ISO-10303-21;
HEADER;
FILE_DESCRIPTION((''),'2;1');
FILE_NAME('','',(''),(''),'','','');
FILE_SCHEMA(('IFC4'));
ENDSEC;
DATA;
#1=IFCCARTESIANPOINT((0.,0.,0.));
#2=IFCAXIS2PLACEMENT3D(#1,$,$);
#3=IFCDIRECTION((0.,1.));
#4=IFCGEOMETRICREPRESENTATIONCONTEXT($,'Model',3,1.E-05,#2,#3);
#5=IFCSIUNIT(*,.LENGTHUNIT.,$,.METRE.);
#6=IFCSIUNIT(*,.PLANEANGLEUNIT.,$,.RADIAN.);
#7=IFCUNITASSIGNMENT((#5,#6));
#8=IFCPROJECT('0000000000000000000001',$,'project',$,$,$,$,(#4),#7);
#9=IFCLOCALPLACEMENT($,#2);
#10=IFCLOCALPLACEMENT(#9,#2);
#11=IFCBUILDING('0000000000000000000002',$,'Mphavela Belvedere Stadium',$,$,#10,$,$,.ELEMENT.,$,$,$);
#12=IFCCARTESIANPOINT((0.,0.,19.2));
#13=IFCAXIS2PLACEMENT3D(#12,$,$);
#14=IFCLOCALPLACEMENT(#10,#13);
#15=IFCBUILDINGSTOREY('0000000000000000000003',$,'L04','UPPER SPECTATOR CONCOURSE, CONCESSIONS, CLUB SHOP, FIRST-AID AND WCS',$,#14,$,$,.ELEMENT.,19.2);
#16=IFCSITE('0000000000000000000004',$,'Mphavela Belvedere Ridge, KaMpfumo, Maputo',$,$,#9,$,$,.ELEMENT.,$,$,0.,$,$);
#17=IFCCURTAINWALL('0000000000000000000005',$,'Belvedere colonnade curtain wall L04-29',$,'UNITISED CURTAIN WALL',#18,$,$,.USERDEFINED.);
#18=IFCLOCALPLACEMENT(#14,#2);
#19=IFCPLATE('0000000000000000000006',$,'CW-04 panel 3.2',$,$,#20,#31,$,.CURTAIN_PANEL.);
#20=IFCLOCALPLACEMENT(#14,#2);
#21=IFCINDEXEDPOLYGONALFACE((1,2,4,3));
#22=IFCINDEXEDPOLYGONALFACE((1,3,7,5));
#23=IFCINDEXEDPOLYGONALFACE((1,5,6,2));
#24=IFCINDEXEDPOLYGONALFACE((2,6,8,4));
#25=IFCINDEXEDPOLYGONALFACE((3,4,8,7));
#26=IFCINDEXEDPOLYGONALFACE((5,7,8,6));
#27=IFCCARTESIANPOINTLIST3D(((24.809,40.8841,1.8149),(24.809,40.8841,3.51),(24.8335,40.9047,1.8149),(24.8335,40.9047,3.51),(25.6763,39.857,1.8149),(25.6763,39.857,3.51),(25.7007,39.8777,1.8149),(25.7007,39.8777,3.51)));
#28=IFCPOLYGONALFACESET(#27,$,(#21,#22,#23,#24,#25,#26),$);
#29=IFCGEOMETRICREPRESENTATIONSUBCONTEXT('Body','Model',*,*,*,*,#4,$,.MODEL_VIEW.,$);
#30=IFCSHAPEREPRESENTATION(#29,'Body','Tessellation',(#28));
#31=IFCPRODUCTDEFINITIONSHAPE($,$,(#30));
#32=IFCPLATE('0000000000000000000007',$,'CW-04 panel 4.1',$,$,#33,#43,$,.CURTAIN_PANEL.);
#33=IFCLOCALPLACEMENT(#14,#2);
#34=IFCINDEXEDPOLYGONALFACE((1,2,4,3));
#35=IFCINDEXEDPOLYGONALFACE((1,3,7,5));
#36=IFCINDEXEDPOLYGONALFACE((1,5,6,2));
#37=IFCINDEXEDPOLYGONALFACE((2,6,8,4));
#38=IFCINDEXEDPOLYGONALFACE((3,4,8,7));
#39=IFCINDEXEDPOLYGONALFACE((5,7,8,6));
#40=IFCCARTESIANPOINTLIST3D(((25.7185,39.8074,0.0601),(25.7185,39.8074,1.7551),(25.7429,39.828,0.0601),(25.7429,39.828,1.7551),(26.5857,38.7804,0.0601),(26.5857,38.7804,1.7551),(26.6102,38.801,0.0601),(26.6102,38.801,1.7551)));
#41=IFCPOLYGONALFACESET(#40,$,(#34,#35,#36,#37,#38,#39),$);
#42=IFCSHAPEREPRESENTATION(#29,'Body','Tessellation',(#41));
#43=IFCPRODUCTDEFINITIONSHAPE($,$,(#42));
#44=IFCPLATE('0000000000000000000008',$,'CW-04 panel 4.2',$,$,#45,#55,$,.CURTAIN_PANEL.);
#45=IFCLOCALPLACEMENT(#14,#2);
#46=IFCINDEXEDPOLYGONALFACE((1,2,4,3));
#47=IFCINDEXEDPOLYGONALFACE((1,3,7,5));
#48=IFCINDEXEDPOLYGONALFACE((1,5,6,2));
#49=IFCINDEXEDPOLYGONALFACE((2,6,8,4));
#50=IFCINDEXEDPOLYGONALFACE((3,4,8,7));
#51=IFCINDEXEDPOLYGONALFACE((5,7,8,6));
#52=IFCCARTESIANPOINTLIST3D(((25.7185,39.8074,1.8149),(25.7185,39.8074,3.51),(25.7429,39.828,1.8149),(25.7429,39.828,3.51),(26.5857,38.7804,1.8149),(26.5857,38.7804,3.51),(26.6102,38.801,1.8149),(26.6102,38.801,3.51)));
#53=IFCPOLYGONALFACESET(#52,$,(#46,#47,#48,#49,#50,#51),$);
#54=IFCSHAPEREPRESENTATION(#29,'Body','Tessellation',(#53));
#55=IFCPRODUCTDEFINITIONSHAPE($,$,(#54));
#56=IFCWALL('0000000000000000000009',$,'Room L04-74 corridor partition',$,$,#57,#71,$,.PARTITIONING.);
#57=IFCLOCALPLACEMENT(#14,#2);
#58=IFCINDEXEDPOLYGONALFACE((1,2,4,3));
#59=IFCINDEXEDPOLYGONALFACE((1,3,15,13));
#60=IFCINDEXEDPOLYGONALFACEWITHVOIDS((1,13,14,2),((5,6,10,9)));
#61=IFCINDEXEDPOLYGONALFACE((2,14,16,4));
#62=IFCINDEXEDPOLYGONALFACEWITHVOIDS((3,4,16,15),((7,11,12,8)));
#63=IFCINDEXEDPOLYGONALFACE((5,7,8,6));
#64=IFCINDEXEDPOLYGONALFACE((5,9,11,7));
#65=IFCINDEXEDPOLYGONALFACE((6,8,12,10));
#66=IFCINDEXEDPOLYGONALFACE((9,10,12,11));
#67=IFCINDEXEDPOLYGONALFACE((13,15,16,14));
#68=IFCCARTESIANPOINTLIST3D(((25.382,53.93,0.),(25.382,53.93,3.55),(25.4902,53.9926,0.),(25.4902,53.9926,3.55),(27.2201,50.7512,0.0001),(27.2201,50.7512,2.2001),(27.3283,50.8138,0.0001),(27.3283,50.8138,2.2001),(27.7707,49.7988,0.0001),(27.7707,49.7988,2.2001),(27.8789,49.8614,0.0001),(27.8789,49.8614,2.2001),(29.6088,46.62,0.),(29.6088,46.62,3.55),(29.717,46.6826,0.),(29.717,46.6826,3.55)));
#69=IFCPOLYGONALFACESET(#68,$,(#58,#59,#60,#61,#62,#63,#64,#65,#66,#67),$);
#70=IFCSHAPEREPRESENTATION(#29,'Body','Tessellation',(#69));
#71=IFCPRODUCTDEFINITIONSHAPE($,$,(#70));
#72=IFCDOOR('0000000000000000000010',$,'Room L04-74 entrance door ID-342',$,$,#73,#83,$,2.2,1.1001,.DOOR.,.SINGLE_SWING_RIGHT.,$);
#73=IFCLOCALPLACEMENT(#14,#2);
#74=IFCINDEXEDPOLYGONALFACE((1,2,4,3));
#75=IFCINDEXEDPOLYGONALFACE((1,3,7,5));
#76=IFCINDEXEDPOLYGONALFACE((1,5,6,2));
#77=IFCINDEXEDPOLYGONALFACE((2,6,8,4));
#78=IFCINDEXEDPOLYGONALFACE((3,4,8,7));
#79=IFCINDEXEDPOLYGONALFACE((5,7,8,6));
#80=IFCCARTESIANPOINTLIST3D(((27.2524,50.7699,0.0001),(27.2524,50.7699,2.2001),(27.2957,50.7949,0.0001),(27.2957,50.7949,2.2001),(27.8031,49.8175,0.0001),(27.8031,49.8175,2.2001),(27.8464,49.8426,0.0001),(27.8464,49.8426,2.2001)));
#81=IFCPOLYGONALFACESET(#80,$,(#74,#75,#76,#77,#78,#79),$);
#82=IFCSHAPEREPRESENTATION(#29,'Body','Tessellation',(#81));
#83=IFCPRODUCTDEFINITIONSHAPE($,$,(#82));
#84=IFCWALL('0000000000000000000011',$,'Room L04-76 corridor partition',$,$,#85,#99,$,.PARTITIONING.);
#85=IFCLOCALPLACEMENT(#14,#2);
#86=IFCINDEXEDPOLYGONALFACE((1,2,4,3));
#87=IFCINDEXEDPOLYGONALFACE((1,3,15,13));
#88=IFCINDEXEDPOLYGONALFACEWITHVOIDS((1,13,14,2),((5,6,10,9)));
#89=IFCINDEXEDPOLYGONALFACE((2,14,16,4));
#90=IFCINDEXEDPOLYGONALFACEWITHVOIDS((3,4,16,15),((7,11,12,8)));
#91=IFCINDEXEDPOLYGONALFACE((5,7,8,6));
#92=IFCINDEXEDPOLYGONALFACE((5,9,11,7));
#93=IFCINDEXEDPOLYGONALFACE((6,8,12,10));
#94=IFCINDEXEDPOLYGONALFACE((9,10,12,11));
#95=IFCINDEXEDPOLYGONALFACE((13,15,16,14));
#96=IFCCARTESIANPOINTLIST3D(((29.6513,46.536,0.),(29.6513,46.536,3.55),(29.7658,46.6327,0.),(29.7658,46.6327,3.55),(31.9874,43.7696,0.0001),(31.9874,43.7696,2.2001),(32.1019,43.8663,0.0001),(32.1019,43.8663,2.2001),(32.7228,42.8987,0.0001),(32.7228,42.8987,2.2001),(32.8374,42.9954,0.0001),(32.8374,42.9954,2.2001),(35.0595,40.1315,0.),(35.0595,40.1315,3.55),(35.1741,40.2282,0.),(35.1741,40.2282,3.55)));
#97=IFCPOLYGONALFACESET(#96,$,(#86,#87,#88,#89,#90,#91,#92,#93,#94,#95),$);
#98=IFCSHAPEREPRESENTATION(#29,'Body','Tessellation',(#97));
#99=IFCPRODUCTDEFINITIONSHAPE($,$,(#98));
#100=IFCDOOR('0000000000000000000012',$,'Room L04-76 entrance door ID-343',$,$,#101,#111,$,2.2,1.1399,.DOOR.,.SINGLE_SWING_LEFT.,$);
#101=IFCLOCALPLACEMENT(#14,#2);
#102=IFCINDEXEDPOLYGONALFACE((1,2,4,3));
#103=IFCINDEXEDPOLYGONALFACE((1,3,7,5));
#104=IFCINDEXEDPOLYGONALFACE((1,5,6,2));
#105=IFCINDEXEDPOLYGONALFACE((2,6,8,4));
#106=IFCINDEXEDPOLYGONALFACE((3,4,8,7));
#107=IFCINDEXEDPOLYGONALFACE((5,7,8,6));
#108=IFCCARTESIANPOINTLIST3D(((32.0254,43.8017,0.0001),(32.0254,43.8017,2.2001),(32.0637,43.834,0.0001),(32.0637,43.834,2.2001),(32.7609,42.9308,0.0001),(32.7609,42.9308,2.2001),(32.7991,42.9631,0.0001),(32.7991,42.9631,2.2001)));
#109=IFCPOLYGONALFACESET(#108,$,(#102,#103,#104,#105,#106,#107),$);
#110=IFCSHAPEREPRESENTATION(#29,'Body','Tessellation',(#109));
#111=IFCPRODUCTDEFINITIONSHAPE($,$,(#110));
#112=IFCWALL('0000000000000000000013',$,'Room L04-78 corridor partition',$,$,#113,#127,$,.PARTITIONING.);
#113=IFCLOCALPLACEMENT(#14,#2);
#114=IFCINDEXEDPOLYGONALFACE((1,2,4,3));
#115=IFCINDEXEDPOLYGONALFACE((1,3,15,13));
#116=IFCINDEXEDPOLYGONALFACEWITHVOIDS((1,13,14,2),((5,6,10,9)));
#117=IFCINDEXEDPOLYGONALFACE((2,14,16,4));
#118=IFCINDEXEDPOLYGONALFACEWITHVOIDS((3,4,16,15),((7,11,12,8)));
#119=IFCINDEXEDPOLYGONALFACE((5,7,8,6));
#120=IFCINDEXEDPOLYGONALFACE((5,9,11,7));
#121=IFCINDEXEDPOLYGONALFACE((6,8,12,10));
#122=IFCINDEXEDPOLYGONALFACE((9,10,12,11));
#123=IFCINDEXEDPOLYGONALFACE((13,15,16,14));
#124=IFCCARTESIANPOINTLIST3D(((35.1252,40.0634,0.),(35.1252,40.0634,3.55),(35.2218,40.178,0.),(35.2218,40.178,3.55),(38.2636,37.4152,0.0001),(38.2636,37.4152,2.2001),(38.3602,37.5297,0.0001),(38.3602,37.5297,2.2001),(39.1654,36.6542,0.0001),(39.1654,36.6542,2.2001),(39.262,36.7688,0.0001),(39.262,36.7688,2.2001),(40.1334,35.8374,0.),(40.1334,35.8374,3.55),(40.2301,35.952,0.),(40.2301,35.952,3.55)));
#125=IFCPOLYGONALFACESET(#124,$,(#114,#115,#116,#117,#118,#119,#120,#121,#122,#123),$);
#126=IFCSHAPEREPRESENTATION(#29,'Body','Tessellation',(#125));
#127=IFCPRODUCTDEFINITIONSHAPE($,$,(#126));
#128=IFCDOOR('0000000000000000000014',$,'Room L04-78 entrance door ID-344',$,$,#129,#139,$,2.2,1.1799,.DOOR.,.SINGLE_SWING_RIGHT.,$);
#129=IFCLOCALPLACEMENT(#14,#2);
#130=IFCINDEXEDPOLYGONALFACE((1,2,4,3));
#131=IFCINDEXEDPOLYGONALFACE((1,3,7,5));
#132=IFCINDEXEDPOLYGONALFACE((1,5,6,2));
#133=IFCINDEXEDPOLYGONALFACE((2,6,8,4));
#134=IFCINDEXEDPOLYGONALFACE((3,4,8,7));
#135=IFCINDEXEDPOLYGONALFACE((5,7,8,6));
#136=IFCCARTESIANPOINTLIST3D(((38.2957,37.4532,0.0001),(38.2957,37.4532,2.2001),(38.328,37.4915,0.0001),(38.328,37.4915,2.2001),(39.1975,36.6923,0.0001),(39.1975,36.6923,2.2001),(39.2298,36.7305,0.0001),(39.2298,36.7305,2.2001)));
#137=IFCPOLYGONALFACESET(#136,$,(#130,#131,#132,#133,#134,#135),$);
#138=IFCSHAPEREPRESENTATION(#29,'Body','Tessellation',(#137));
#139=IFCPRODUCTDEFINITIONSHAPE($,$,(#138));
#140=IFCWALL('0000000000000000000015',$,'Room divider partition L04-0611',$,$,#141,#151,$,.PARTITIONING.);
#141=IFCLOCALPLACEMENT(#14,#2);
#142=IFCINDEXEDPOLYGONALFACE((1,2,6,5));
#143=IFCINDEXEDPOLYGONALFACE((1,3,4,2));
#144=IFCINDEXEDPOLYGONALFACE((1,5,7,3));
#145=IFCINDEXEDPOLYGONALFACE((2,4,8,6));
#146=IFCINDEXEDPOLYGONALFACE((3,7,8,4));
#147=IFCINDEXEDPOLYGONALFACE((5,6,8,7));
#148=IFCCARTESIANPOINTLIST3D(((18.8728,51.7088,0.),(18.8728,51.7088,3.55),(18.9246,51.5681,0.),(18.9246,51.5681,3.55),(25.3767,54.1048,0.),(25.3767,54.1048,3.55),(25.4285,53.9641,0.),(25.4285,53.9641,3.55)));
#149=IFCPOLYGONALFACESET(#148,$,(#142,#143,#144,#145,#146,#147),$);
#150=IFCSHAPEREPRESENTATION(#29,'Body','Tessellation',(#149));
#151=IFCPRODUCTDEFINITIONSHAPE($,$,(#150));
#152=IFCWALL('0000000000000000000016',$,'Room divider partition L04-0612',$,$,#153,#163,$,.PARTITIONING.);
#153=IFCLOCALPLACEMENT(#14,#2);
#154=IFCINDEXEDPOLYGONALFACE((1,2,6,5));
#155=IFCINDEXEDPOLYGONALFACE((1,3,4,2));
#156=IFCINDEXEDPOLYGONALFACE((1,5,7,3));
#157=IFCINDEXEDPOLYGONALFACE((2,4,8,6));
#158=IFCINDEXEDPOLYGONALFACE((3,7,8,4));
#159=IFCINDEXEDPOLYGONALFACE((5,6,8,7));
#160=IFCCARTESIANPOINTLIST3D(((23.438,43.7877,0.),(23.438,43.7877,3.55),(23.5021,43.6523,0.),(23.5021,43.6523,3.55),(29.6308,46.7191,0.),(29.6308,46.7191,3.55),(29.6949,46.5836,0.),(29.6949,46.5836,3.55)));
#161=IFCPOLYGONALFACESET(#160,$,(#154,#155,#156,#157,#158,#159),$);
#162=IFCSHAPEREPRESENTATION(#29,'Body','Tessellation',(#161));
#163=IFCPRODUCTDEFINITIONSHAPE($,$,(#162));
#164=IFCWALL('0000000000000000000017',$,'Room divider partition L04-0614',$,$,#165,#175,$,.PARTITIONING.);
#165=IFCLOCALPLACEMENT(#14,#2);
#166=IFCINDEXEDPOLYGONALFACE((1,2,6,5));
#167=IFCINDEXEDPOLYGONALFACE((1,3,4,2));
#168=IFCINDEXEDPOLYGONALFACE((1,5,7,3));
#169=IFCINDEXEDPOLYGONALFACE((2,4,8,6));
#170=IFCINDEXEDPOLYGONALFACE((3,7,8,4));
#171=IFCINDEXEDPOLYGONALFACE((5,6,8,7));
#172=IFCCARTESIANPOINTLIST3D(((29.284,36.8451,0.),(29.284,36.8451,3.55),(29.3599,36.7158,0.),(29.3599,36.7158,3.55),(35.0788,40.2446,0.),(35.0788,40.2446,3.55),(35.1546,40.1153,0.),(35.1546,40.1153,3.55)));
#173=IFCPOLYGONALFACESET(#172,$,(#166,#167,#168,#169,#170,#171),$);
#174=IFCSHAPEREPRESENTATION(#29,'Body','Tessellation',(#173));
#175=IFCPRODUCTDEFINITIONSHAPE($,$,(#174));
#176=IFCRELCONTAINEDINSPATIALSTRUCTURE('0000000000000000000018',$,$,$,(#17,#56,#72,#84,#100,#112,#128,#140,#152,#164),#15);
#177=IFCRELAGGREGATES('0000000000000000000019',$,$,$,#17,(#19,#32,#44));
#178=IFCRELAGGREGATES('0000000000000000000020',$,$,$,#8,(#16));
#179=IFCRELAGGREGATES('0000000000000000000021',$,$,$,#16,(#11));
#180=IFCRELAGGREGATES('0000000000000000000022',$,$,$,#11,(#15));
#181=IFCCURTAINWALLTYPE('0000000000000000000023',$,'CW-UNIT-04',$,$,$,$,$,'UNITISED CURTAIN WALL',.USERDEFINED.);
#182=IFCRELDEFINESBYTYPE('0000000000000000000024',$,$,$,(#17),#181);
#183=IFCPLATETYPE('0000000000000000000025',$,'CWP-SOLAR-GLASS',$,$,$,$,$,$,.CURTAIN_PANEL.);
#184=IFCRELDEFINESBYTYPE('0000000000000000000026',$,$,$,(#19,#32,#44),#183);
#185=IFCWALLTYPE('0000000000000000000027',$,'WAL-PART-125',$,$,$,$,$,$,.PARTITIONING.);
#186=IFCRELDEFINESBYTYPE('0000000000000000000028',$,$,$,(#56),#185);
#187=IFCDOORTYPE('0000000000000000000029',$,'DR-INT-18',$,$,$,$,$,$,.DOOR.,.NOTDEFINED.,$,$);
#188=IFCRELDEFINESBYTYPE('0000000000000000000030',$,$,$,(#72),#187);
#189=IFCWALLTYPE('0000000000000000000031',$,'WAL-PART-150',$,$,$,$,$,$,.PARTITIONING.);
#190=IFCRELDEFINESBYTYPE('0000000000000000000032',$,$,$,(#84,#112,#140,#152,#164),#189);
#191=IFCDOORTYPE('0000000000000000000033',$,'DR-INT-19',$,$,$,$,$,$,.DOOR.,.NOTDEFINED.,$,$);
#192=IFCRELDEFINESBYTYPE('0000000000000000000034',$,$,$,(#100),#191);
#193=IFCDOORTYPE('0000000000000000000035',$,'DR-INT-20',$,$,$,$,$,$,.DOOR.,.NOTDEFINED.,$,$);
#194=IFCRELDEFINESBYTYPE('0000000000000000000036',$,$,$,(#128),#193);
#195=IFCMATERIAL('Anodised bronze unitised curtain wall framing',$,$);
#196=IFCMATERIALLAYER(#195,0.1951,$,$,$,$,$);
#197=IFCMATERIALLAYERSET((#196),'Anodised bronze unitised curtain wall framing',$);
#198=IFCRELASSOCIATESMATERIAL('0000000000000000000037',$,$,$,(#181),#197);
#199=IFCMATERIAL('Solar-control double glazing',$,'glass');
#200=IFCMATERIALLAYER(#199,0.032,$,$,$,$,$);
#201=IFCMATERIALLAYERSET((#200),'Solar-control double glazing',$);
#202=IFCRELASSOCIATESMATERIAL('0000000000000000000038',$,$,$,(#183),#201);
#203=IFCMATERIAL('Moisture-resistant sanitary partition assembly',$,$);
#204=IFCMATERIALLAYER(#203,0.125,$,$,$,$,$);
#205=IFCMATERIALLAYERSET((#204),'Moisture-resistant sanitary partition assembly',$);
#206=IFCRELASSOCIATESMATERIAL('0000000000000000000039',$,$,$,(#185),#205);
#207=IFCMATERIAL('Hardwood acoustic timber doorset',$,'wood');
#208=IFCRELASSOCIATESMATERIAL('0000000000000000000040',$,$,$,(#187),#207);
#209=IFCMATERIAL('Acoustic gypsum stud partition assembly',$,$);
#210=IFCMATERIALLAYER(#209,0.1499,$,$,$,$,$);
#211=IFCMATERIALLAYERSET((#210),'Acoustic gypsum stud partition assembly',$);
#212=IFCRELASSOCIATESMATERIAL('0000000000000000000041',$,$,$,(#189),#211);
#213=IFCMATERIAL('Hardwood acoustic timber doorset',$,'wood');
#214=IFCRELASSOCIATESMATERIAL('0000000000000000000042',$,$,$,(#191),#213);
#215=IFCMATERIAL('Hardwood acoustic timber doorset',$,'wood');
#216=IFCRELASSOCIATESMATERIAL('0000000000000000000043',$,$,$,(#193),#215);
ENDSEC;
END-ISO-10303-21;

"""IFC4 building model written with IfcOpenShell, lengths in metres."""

from ifc_helpers import new_model, si_unit, direction, frame, frame_2d, origin, origin_2d, place, context, subcontext, project, spatial, rectangle, extrude, material, layer, layer_set, type_object, element, fill, aggregate, save


model = new_model("IFC4")

# Units and contexts
model_context = context("Model", 3, precision=1e-05, world=origin(), true_north=direction((0.0, 1.0)))
body_context = subcontext(model_context, "Body", "Model", "MODEL_VIEW")
ifc_project = project(units=[si_unit("LENGTHUNIT", "METRE"), si_unit("PLANEANGLEUNIT", "RADIAN")], contexts=[model_context])

# Site, building, storey
site_placement = place(None, origin())
site = spatial("IfcSite", under=ifc_project, at=site_placement, Name="Mphavela Belvedere Ridge, KaMpfumo, Maputo", CompositionType="ELEMENT", RefElevation=0.0)
building_placement = place(site_placement, origin())
building = spatial("IfcBuilding", under=site, at=building_placement, Name="Mphavela Belvedere Stadium", CompositionType="ELEMENT")
storey_placement = place(building_placement, frame((0.0, 0.0, 19.2)))
storey = spatial("IfcBuildingStorey", under=building, at=storey_placement, Name="L04", Description="UPPER SPECTATOR CONCOURSE, CONCESSIONS, CLUB SHOP, FIRST-AID AND WCS", CompositionType="ELEMENT", Elevation=19.2)

# Curtain wall, plates
ifc_material_1 = material(Name="Anodised bronze unitised curtain wall framing")
ifc_layer_1 = layer(ifc_material_1, 0.1951)
ifc_layer_set_1 = layer_set([ifc_layer_1], Name="Anodised bronze unitised curtain wall framing")
curtain_wall_type = type_object("IfcCurtainWallType", Name="CW-UNIT-04", ElementType="UNITISED CURTAIN WALL", PredefinedType="USERDEFINED", material=ifc_layer_set_1)
curtain_wall_placement = place(storey_placement, origin())
curtain_wall = element("IfcCurtainWall", 1, at=curtain_wall_placement, inside=storey, type_object=curtain_wall_type, Name="Belvedere colonnade curtain wall L04-29", ObjectType="UNITISED CURTAIN WALL", PredefinedType="USERDEFINED")
ifc_material_2 = material(Name="Solar-control double glazing", Category="glass")
ifc_layer_2 = layer(ifc_material_2, 0.032)
ifc_layer_set_2 = layer_set([ifc_layer_2], Name="Solar-control double glazing")
plate_type = type_object("IfcPlateType", Name="CWP-SOLAR-GLASS", PredefinedType="CURTAIN_PANEL", material=ifc_layer_set_2)
plate_1_placement = place(storey_placement, frame((25.2549, 40.3809, 1.8149), z_axis=(0.0, 0.0, 1.0), x_axis=(0.645175, -0.764035, 0.0)))
plate_1 = element("IfcPlate", 2, at=plate_1_placement, type_object=plate_type, Name="CW-04 panel 3.2", PredefinedType="CURTAIN_PANEL", context=body_context, shape_type="SweptSolid", body=[
    extrude(rectangle(XDim=1.3442, YDim=0.032, at=origin_2d()), origin(), (0.0, 0.0, 1.0), 1.6951),
])
plate_2_placement = place(storey_placement, frame((26.1643, 39.3042, 0.0601), z_axis=(0.0, 0.0, 1.0), x_axis=(0.645175, -0.764035, 0.0)))
plate_2 = element("IfcPlate", 3, at=plate_2_placement, type_object=plate_type, Name="CW-04 panel 4.1", PredefinedType="CURTAIN_PANEL", context=body_context, shape_type="SweptSolid", body=[
    extrude(rectangle(XDim=1.3442, YDim=0.032, at=origin_2d()), origin(), (0.0, 0.0, 1.0), 1.6951),
])
plate_3_placement = place(storey_placement, frame((26.1643, 39.3042, 1.8149), z_axis=(0.0, 0.0, 1.0), x_axis=(0.645175, -0.764035, 0.0)))
plate_3 = element("IfcPlate", 4, at=plate_3_placement, type_object=plate_type, Name="CW-04 panel 4.2", PredefinedType="CURTAIN_PANEL", context=body_context, shape_type="SweptSolid", body=[
    extrude(rectangle(XDim=1.3442, YDim=0.032, at=origin_2d()), origin(), (0.0, 0.0, 1.0), 1.6951),
])
aggregate(curtain_wall, [plate_1, plate_2, plate_3])

# Walls, openings, doors
ifc_material_3 = material(Name="Moisture-resistant sanitary partition assembly")
ifc_layer_3 = layer(ifc_material_3, 0.125)
ifc_layer_set_3 = layer_set([ifc_layer_3], Name="Moisture-resistant sanitary partition assembly")
wall_type_1 = type_object("IfcWallType", Name="WAL-PART-125", PredefinedType="PARTITIONING", material=ifc_layer_set_3)
wall_1_placement = place(storey_placement, frame((25.436, 53.9614, 0.0), z_axis=(0.0, 0.0, 1.0), x_axis=(0.500563, -0.8657, 0.0)))
wall_1 = element("IfcWall", 5, at=wall_1_placement, inside=storey, type_object=wall_type_1, Name="Room L04-74 corridor partition", PredefinedType="PARTITIONING", context=body_context, shape_type="SweptSolid", body=[
    extrude(rectangle(XDim=8.4441, YDim=0.125, at=frame_2d((4.2222, 0.0))), origin(), (0.0, 0.0, 1.0), 3.55),
])
opening_1_placement = place(wall_1_placement, frame((3.6721, 0.0, 0.0)))
opening_1 = element("IfcOpeningElement", 6, at=opening_1_placement, cuts=wall_1, PredefinedType="OPENING", context=body_context, shape_type="SweptSolid", body=[
    extrude(rectangle(XDim=1.1001, YDim=2.2, at=frame_2d((0.55, 1.1001))), frame((0.0, 0.0725, 0.0), z_axis=(0.0, -1.0, 0.0), x_axis=(1.0, 0.0, 0.0)), (0.0, 0.0, 1.0), 0.145),
])
ifc_material_4 = material(Name="Hardwood acoustic timber doorset", Category="wood")
door_type_1 = type_object("IfcDoorType", Name="DR-INT-18", OperationType="NOTDEFINED", PredefinedType="DOOR", material=ifc_material_4)
door_1_placement = place(opening_1_placement, origin())
door_1 = element("IfcDoor", 7, at=door_1_placement, inside=storey, type_object=door_type_1, Name="Room L04-74 entrance door ID-342", OperationType="SINGLE_SWING_RIGHT", OverallHeight=2.2, OverallWidth=1.1001, PredefinedType="DOOR", context=body_context, shape_type="SweptSolid", body=[
    extrude(rectangle(XDim=1.1001, YDim=2.2, at=frame_2d((0.55, 1.1001))), frame((0.0, 0.0249, 0.0), z_axis=(0.0, -1.0, 0.0), x_axis=(1.0, 0.0, 0.0)), (0.0, 0.0, 1.0), 0.05),
])
fill(opening_1, door_1)
ifc_material_5 = material(Name="Acoustic gypsum stud partition assembly")
ifc_layer_4 = layer(ifc_material_5, 0.1499)
ifc_layer_set_4 = layer_set([ifc_layer_4], Name="Acoustic gypsum stud partition assembly")
wall_type_2 = type_object("IfcWallType", Name="WAL-PART-150", PredefinedType="PARTITIONING", material=ifc_layer_set_4)
wall_2_placement = place(storey_placement, frame((29.7085, 46.5845, 0.0), z_axis=(0.0, 0.0, 1.0), x_axis=(0.645176, -0.764034, 0.0)))
wall_2 = element("IfcWall", 8, at=wall_2_placement, inside=storey, type_object=wall_type_2, Name="Room L04-76 corridor partition", PredefinedType="PARTITIONING", context=body_context, shape_type="SweptSolid", body=[
    extrude(rectangle(XDim=8.3826, YDim=0.1499, at=frame_2d((4.1914, 0.0))), origin(), (0.0, 0.0, 1.0), 3.55),
])
opening_2_placement = place(wall_2_placement, frame((3.6211, 0.0, 0.0)))
opening_2 = element("IfcOpeningElement", 9, at=opening_2_placement, cuts=wall_2, PredefinedType="OPENING", context=body_context, shape_type="SweptSolid", body=[
    extrude(rectangle(XDim=1.1399, YDim=2.2, at=frame_2d((0.5698, 1.1001))), frame((0.0, 0.085, 0.0), z_axis=(0.0, -1.0, 0.0), x_axis=(1.0, 0.0, 0.0)), (0.0, 0.0, 1.0), 0.1699),
])
ifc_material_6 = material(Name="Hardwood acoustic timber doorset", Category="wood")
door_type_2 = type_object("IfcDoorType", Name="DR-INT-19", OperationType="NOTDEFINED", PredefinedType="DOOR", material=ifc_material_6)
door_2_placement = place(opening_2_placement, origin())
door_2 = element("IfcDoor", 10, at=door_2_placement, inside=storey, type_object=door_type_2, Name="Room L04-76 entrance door ID-343", OperationType="SINGLE_SWING_LEFT", OverallHeight=2.2, OverallWidth=1.1399, PredefinedType="DOOR", context=body_context, shape_type="SweptSolid", body=[
    extrude(rectangle(XDim=1.1399, YDim=2.2, at=frame_2d((0.5698, 1.1001))), frame((0.0, 0.0249, 0.0), z_axis=(0.0, -1.0, 0.0), x_axis=(1.0, 0.0, 0.0)), (0.0, 0.0, 1.0), 0.05),
])
fill(opening_2, door_2)
wall_3_placement = place(storey_placement, frame((35.1736, 40.1206, 0.0), z_axis=(0.0, 0.0, 1.0), x_axis=(0.764267, -0.6449, 0.0)))
wall_3 = element("IfcWall", 11, at=wall_3_placement, inside=storey, type_object=wall_type_2, Name="Room L04-78 corridor partition", PredefinedType="PARTITIONING", context=body_context, shape_type="SweptSolid", body=[
    extrude(rectangle(XDim=6.553, YDim=0.1499, at=frame_2d((3.2764, 0.0))), origin(), (0.0, 0.0, 1.0), 3.55),
])
opening_3_placement = place(wall_3_placement, frame((4.1064, 0.0, 0.0)))
opening_3 = element("IfcOpeningElement", 12, at=opening_3_placement, cuts=wall_3, PredefinedType="OPENING", context=body_context, shape_type="SweptSolid", body=[
    extrude(rectangle(XDim=1.1799, YDim=2.2, at=frame_2d((0.5898, 1.1001))), frame((0.0, 0.085, 0.0), z_axis=(0.0, -1.0, 0.0), x_axis=(1.0, 0.0, 0.0)), (0.0, 0.0, 1.0), 0.1699),
])
ifc_material_7 = material(Name="Hardwood acoustic timber doorset", Category="wood")
door_type_3 = type_object("IfcDoorType", Name="DR-INT-20", OperationType="NOTDEFINED", PredefinedType="DOOR", material=ifc_material_7)
door_3_placement = place(opening_3_placement, origin())
door_3 = element("IfcDoor", 13, at=door_3_placement, inside=storey, type_object=door_type_3, Name="Room L04-78 entrance door ID-344", OperationType="SINGLE_SWING_RIGHT", OverallHeight=2.2, OverallWidth=1.1799, PredefinedType="DOOR", context=body_context, shape_type="SweptSolid", body=[
    extrude(rectangle(XDim=1.1799, YDim=2.2, at=frame_2d((0.5898, 1.1001))), frame((0.0, 0.0249, 0.0), z_axis=(0.0, -1.0, 0.0), x_axis=(1.0, 0.0, 0.0)), (0.0, 0.0, 1.0), 0.05),
])
fill(opening_3, door_3)

# Walls
wall_4_placement = place(storey_placement, frame((25.4026, 54.0344, 0.0), z_axis=(0.0, 0.0, 1.0), x_axis=(-0.938352, -0.345683, 0.0)))
element("IfcWall", 14, at=wall_4_placement, inside=storey, type_object=wall_type_2, Name="Room divider partition L04-0611", PredefinedType="PARTITIONING", context=body_context, shape_type="SweptSolid", body=[
    extrude(rectangle(XDim=6.9312, YDim=0.1499, at=frame_2d((3.4656, 0.0))), origin(), (0.0, 0.0, 1.0), 3.55),
])
wall_5_placement = place(storey_placement, frame((29.6628, 46.6514, 0.0), z_axis=(0.0, 0.0, 1.0), x_axis=(-0.903855, -0.42784, 0.0)))
element("IfcWall", 15, at=wall_5_placement, inside=storey, type_object=wall_type_2, Name="Room divider partition L04-0612", PredefinedType="PARTITIONING", context=body_context, shape_type="SweptSolid", body=[
    extrude(rectangle(XDim=6.8516, YDim=0.1499, at=frame_2d((3.4258, 0.0))), origin(), (0.0, 0.0, 1.0), 3.55),
])
wall_6_placement = place(storey_placement, frame((35.1167, 40.1799, 0.0), z_axis=(0.0, 0.0, 1.0), x_axis=(-0.862533, -0.506, 0.0)))
element("IfcWall", 16, at=wall_6_placement, inside=storey, type_object=wall_type_2, Name="Room divider partition L04-0614", PredefinedType="PARTITIONING", context=body_context, shape_type="SweptSolid", body=[
    extrude(rectangle(XDim=6.7183, YDim=0.1499, at=frame_2d((3.3591, 0.0))), origin(), (0.0, 0.0, 1.0), 3.55),
])

save(model, "model.ifc")
